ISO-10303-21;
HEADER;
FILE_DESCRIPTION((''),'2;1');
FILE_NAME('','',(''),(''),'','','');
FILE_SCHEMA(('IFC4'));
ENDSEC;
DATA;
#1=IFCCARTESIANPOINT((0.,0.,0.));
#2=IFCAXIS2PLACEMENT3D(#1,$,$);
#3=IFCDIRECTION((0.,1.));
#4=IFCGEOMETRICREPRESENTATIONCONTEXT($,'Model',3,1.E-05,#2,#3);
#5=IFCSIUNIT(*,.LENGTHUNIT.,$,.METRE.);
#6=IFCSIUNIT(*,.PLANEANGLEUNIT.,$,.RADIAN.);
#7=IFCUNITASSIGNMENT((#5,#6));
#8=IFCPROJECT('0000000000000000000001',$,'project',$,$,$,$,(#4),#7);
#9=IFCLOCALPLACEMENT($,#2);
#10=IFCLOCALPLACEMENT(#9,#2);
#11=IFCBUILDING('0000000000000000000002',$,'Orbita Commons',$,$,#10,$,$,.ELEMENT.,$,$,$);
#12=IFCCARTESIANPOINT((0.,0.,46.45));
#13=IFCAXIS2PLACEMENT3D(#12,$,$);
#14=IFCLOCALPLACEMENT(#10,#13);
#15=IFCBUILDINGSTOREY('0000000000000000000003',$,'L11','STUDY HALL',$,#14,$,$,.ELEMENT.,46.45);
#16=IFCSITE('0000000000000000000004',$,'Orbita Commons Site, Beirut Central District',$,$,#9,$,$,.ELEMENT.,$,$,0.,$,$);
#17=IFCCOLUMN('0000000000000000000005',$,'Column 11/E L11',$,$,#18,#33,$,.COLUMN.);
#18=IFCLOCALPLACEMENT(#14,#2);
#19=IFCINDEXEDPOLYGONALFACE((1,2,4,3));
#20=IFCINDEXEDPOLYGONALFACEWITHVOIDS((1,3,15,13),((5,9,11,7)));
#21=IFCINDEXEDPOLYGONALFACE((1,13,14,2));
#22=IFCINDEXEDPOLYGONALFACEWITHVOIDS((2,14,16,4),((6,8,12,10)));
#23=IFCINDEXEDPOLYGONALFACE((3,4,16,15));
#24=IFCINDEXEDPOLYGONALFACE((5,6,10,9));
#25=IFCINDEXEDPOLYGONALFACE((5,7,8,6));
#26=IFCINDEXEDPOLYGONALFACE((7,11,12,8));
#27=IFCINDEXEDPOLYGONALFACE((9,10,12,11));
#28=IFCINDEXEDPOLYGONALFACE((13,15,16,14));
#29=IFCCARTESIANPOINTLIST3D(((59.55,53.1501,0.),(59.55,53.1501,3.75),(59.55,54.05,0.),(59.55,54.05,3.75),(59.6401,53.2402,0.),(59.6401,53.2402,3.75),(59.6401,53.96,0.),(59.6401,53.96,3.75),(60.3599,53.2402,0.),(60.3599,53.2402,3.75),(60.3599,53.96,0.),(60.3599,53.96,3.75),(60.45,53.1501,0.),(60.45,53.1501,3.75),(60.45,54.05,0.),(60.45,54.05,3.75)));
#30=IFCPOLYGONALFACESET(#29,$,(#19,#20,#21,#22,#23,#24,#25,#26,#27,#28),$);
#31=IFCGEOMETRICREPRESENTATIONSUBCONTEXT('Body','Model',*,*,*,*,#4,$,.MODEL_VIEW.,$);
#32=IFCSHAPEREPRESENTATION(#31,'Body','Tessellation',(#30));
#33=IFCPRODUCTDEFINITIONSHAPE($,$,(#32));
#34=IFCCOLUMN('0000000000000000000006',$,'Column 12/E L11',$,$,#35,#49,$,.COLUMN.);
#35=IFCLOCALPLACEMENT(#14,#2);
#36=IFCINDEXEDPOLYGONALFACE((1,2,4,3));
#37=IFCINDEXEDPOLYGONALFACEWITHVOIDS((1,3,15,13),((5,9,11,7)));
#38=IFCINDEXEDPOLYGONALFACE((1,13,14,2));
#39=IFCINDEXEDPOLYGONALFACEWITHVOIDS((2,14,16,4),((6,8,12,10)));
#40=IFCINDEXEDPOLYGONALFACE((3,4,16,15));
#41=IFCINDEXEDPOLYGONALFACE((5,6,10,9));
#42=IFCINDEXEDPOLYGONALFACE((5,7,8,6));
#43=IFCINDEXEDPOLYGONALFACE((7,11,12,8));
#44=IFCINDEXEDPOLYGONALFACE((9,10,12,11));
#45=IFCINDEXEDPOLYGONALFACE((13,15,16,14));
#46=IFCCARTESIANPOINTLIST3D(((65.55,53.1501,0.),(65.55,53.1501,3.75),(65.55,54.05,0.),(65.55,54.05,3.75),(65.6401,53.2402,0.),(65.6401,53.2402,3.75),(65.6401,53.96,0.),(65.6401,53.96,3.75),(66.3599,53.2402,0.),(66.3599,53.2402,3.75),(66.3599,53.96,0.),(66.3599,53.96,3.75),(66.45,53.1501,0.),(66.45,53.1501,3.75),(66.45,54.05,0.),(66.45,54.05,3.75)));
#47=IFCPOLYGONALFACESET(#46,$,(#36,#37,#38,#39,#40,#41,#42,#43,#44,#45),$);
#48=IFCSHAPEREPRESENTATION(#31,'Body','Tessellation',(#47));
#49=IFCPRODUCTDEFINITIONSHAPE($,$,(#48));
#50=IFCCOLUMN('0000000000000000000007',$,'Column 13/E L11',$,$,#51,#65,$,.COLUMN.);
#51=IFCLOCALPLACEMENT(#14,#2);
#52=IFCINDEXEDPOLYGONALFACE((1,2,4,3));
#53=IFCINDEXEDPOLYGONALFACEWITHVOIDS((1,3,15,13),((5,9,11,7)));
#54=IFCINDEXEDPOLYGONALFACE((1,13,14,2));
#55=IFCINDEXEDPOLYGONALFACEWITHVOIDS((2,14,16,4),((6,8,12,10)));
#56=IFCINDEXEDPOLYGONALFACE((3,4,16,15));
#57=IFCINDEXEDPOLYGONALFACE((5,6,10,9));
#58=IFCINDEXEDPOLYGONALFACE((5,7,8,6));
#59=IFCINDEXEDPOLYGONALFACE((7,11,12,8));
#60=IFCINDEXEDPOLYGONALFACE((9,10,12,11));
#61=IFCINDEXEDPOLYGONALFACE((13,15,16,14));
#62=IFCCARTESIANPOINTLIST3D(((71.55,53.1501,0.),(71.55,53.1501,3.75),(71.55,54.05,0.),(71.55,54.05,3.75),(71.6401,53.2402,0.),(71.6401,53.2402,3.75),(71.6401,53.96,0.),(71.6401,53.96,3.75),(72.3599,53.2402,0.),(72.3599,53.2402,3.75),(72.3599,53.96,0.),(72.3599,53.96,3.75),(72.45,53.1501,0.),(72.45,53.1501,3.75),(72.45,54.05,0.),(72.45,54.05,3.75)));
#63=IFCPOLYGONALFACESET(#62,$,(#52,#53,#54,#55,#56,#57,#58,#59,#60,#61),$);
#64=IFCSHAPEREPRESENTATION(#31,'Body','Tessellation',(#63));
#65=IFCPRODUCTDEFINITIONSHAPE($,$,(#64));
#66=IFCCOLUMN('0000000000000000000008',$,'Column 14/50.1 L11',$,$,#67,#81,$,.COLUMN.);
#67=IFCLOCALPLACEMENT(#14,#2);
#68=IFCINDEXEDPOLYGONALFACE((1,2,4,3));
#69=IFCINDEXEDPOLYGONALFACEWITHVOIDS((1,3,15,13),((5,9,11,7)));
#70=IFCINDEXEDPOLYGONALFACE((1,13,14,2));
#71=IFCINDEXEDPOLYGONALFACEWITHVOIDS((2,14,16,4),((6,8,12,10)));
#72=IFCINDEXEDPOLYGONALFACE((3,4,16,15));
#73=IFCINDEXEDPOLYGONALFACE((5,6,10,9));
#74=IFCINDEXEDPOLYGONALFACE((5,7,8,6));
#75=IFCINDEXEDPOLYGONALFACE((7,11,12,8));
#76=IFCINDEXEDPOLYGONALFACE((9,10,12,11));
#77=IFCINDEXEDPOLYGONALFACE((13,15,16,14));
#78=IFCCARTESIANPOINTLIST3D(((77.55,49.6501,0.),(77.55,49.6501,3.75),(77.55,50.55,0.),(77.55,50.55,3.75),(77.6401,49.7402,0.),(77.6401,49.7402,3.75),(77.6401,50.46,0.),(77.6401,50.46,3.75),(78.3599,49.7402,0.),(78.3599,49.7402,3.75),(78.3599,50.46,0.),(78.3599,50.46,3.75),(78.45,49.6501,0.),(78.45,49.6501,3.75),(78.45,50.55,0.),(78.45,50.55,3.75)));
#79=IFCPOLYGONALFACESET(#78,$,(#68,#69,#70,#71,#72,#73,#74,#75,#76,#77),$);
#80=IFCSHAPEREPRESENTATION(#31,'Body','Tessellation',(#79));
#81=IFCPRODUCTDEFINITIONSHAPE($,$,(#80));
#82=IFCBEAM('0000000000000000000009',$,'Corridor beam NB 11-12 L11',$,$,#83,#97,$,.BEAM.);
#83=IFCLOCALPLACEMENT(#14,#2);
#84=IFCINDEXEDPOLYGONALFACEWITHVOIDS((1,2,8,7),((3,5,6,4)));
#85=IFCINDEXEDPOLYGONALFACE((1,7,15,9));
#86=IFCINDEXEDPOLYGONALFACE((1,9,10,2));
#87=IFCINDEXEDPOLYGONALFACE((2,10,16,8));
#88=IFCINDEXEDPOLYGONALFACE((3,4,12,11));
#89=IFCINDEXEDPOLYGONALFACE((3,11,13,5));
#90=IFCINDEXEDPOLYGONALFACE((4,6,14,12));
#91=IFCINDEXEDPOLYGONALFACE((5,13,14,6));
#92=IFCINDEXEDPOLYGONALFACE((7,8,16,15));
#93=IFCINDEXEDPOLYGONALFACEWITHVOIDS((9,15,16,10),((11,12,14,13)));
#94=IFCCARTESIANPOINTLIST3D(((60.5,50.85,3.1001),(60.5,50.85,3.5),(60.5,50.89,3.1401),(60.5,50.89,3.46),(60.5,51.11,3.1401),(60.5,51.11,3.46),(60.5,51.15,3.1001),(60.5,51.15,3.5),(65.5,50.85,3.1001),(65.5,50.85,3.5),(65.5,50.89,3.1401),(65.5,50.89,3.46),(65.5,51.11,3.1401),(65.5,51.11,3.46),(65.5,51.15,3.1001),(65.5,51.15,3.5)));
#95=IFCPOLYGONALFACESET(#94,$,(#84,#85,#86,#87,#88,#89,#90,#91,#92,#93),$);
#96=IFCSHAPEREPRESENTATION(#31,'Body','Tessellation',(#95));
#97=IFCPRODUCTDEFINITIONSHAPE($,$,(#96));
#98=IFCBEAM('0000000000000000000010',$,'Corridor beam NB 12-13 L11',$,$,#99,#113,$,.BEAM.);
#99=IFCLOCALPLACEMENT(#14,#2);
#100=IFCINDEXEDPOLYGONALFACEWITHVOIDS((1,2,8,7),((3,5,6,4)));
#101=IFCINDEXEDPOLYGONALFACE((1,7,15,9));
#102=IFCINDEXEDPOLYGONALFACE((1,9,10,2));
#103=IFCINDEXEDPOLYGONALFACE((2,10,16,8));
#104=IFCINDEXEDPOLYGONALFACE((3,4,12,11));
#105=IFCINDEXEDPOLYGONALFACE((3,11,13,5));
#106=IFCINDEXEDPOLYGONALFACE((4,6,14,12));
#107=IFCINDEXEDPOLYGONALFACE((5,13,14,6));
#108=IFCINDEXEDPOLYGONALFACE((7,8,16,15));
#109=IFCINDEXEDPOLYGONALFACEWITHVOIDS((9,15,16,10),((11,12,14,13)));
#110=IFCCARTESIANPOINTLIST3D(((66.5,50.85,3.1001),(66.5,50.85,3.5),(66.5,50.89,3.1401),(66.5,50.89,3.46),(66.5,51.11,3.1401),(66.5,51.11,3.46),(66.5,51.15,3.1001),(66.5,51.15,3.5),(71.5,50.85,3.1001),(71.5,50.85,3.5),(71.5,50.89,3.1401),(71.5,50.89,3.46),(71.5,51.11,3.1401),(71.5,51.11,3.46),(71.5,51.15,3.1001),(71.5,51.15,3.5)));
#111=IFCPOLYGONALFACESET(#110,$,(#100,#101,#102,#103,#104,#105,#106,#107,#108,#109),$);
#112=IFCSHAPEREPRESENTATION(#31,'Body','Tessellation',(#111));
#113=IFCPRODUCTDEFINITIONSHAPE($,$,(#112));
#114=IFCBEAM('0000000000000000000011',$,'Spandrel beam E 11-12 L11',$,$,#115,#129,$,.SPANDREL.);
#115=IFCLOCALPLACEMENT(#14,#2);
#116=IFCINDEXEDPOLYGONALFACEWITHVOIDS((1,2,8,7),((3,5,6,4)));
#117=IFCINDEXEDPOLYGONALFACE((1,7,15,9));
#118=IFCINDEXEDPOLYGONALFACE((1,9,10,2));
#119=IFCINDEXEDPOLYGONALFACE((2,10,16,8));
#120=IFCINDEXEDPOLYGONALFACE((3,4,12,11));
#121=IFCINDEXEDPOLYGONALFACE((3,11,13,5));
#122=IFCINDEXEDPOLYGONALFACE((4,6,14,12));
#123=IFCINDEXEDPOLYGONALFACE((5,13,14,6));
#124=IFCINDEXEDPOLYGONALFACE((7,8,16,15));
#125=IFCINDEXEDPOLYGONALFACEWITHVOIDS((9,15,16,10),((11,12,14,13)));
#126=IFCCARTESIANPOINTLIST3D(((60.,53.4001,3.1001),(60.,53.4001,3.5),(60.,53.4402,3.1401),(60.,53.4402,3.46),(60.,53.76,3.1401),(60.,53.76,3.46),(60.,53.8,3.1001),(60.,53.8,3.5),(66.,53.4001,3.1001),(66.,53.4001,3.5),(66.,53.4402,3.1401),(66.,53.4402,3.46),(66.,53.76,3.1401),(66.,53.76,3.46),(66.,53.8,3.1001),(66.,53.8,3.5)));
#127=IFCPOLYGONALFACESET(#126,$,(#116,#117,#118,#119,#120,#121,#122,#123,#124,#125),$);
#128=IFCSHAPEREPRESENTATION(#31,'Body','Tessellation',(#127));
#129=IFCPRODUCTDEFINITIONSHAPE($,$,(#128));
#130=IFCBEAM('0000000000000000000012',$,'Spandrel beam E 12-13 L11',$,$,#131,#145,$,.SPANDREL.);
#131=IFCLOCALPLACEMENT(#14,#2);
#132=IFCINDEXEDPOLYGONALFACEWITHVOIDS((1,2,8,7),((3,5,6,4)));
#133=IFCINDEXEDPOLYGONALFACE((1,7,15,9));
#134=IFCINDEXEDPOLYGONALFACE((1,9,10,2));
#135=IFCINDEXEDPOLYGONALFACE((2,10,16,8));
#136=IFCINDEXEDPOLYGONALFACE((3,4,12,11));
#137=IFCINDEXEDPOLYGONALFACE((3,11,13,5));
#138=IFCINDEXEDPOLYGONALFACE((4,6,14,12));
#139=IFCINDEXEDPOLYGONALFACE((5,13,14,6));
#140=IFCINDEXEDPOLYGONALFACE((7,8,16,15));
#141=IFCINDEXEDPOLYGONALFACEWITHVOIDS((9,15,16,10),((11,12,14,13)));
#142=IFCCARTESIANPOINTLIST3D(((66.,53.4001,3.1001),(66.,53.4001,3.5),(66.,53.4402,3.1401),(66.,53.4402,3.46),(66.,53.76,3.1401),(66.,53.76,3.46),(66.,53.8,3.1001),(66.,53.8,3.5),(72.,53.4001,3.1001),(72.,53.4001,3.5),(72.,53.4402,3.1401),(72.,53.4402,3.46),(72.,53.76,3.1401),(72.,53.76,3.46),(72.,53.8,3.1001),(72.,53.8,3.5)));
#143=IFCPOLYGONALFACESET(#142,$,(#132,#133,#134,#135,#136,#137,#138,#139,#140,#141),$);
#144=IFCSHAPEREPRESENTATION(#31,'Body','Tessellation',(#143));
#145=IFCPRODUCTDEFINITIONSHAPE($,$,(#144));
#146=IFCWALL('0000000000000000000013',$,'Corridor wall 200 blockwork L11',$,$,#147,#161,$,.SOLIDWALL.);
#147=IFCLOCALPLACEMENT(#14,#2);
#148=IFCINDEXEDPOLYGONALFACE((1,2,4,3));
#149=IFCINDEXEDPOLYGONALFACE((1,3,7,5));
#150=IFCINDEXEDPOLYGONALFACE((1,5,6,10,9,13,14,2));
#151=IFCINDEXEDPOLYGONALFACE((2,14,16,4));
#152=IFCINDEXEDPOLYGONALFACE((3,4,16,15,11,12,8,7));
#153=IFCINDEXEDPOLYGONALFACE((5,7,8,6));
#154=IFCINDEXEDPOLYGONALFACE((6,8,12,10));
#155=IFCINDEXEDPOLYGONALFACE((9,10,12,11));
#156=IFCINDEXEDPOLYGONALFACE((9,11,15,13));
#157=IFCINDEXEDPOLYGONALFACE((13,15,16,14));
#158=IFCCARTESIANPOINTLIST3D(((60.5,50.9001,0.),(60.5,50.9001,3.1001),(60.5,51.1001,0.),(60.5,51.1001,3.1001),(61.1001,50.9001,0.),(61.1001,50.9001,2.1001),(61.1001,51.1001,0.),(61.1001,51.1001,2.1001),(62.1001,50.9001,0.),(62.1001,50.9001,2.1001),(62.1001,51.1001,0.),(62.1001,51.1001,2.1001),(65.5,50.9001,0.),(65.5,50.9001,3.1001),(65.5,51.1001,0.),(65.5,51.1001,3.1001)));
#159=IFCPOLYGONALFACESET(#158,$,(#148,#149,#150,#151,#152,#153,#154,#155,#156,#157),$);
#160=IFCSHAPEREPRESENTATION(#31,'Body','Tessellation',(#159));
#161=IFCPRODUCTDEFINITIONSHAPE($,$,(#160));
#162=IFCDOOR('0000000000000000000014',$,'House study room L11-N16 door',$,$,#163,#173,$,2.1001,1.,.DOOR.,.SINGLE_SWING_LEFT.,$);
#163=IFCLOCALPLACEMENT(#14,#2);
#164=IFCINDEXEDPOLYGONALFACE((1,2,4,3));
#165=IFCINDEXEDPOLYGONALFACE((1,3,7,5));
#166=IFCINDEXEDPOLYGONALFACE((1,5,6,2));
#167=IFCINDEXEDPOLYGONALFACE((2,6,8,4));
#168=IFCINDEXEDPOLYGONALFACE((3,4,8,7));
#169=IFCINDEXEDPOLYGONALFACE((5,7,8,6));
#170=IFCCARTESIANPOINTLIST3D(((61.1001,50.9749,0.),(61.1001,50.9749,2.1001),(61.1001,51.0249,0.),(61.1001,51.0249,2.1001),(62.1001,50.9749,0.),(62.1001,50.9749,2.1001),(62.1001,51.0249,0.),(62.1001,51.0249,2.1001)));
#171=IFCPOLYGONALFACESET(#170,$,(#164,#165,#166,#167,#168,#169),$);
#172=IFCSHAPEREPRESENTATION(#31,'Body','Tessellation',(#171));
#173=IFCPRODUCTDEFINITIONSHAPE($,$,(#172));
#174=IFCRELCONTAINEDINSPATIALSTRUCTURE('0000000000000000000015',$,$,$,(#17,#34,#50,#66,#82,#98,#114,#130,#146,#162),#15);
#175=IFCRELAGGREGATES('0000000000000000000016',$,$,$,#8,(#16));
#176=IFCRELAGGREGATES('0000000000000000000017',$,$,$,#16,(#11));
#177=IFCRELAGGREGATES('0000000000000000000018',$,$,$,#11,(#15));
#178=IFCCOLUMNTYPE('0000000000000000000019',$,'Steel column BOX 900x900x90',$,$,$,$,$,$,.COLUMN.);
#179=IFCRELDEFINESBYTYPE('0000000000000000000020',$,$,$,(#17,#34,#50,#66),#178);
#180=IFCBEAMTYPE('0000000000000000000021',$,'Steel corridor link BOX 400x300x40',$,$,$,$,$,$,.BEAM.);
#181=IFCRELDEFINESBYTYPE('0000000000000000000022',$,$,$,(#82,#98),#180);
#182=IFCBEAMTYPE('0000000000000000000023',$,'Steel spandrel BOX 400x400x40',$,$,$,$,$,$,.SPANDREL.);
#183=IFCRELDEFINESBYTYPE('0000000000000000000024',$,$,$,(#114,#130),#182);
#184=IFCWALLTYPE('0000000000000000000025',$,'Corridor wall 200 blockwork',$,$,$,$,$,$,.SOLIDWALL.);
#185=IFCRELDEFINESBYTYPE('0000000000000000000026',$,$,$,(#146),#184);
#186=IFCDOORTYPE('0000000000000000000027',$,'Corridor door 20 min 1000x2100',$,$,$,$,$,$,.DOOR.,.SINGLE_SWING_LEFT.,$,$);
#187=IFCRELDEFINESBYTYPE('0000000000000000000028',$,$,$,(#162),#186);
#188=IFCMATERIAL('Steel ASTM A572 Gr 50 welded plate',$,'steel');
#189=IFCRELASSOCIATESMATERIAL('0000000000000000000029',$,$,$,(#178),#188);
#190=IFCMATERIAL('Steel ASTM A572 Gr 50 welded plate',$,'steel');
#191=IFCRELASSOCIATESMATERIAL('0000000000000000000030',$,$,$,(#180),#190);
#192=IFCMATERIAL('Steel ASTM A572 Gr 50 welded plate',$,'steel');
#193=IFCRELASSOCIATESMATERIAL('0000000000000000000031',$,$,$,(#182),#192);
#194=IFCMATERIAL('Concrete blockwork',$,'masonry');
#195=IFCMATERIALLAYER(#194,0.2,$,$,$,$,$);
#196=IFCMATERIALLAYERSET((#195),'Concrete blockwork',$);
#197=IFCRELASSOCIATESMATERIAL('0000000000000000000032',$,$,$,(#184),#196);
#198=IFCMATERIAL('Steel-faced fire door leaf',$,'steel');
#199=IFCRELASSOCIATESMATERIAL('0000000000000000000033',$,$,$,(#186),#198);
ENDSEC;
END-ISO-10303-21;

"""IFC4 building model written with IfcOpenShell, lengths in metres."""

from ifc_helpers import new_model, si_unit, direction, frame, frame_2d, origin, origin_2d, place, context, subcontext, project, spatial, polyline, rectangle, hollow_rectangle, outline, extrude, material, layer, layer_set, material_profile, profile_set, type_object, element, fill, save


model = new_model("IFC4")

# Units and contexts
model_context = context("Model", 3, precision=1e-05, world=origin(), true_north=direction((0.0, 1.0)))
body_context = subcontext(model_context, "Body", "Model", "MODEL_VIEW")
ifc_project = project(units=[si_unit("LENGTHUNIT", "METRE"), si_unit("PLANEANGLEUNIT", "RADIAN")], contexts=[model_context])

# Site, building, storey
site_placement = place(None, origin())
site = spatial("IfcSite", under=ifc_project, at=site_placement, Name="Orbita Commons Site, Beirut Central District", CompositionType="ELEMENT", RefElevation=0.0)
building_placement = place(site_placement, origin())
building = spatial("IfcBuilding", under=site, at=building_placement, Name="Orbita Commons", CompositionType="ELEMENT")
storey_placement = place(building_placement, frame((0.0, 0.0, 46.45)))
storey = spatial("IfcBuildingStorey", under=building, at=storey_placement, Name="L11", Description="STUDY HALL", CompositionType="ELEMENT", Elevation=46.45)

# Columns
ifc_material_1 = material(Name="Steel ASTM A572 Gr 50 welded plate", Category="steel")
ifc_material_profile_1 = material_profile(ifc_material_1, hollow_rectangle(XDim=0.8999, YDim=0.8999, WallThickness=0.0901, at=origin_2d()), Name="BOX 900x900x90")
ifc_profile_set_1 = profile_set([ifc_material_profile_1], Name="Steel ASTM A572 Gr 50 welded plate")
column_type = type_object("IfcColumnType", Name="Steel column BOX 900x900x90", PredefinedType="COLUMN", material=ifc_profile_set_1)
for number, where, z_axis, x_axis, name in (
    (1, (60.0, 53.6001, 0.0), (0.0, 0.0, 1.0), (1.0, 0.0, 0.0), "Column 11/E L11"),
    (2, (66.0, 53.6001, 0.0), (0.0, 0.0, 1.0), (1.0, 0.0, 0.0), "Column 12/E L11"),
    (3, (72.0, 53.6001, 0.0), (0.0, 0.0, 1.0), (1.0, 0.0, 0.0), "Column 13/E L11"),
    (4, (78.0, 50.1001, 0.0), (0.0, 0.0, 1.0), (1.0, 0.0, 0.0), "Column 14/50.1 L11"),
):
    element("IfcColumn", number, at=place(storey_placement, frame(where, z_axis=z_axis, x_axis=x_axis)), inside=storey, type_object=column_type, Name=name, PredefinedType="COLUMN", context=body_context, shape_type="SweptSolid", body=[
        extrude(hollow_rectangle(XDim=0.8999, YDim=0.8999, WallThickness=0.0901, at=origin_2d()), origin(), (0.0, 0.0, 1.0), 3.75),
    ])

# Beams
ifc_material_2 = material(Name="Steel ASTM A572 Gr 50 welded plate", Category="steel")
ifc_material_profile_2 = material_profile(ifc_material_2, hollow_rectangle(XDim=0.3, YDim=0.3999, WallThickness=0.04, at=origin_2d()), Name="BOX 400x300x40")
ifc_profile_set_2 = profile_set([ifc_material_profile_2], Name="Steel ASTM A572 Gr 50 welded plate")
beam_type_1 = type_object("IfcBeamType", Name="Steel corridor link BOX 400x300x40", PredefinedType="BEAM", material=ifc_profile_set_2)
for number, where, z_axis, x_axis, name in (
    (5, (60.5, 51.0, 3.3), (1.0, 0.0, 0.0), (0.0, 1.0, 0.0), "Corridor beam NB 11-12 L11"),
    (6, (66.5, 51.0, 3.3), (1.0, 0.0, 0.0), (0.0, 1.0, 0.0), "Corridor beam NB 12-13 L11"),
):
    element("IfcBeam", number, at=place(storey_placement, frame(where, z_axis=z_axis, x_axis=x_axis)), inside=storey, type_object=beam_type_1, Name=name, PredefinedType="BEAM", context=body_context, shape_type="SweptSolid", body=[
        extrude(hollow_rectangle(XDim=0.3, YDim=0.3999, WallThickness=0.04, at=origin_2d()), origin(), (0.0, 0.0, 1.0), 5.0),
    ])
ifc_material_3 = material(Name="Steel ASTM A572 Gr 50 welded plate", Category="steel")
ifc_material_profile_3 = material_profile(ifc_material_3, hollow_rectangle(XDim=0.3999, YDim=0.3999, WallThickness=0.04, at=origin_2d()), Name="BOX 400x400x40")
ifc_profile_set_3 = profile_set([ifc_material_profile_3], Name="Steel ASTM A572 Gr 50 welded plate")
beam_type_2 = type_object("IfcBeamType", Name="Steel spandrel BOX 400x400x40", PredefinedType="SPANDREL", material=ifc_profile_set_3)
for number, where, z_axis, x_axis, name in (
    (7, (60.0, 53.6001, 3.3), (1.0, 0.0, 0.0), (0.0, 1.0, 0.0), "Spandrel beam E 11-12 L11"),
    (8, (66.0, 53.6001, 3.3), (1.0, 0.0, 0.0), (0.0, 1.0, 0.0), "Spandrel beam E 12-13 L11"),
):
    element("IfcBeam", number, at=place(storey_placement, frame(where, z_axis=z_axis, x_axis=x_axis)), inside=storey, type_object=beam_type_2, Name=name, PredefinedType="SPANDREL", context=body_context, shape_type="SweptSolid", body=[
        extrude(hollow_rectangle(XDim=0.3999, YDim=0.3999, WallThickness=0.04, at=origin_2d()), origin(), (0.0, 0.0, 1.0), 6.0),
    ])

# Wall, opening, door
ifc_material_4 = material(Name="Concrete blockwork", Category="masonry")
ifc_layer_1 = layer(ifc_material_4, 0.2)
ifc_layer_set_1 = layer_set([ifc_layer_1], Name="Concrete blockwork")
wall_type_1 = type_object("IfcWallType", Name="Corridor wall 200 blockwork", PredefinedType="SOLIDWALL", material=ifc_layer_set_1)
wall_1_placement = place(storey_placement, frame((60.5, 51.0, 0.0), z_axis=(0.0, 0.0, 1.0), x_axis=(1.0, 0.0, 0.0)))
wall_1 = element("IfcWall", 9, at=wall_1_placement, inside=storey, type_object=wall_type_1, Name="Corridor wall 200 blockwork L11", PredefinedType="SOLIDWALL", context=body_context, shape_type="SweptSolid", body=[
    extrude(outline(polyline([(0.0, 0.0), (5.0, 0.0), (5.0, 3.1001), (0.0, 3.1001), (0.0, 0.0)])), frame((0.0, 0.1001, 0.0), z_axis=(0.0, -1.0, 0.0), x_axis=(1.0, 0.0, 0.0)), (0.0, 0.0, 1.0), 0.2),
])
opening_1_placement = place(wall_1_placement, frame((0.6001, 0.0, 0.0)))
opening_1 = element("IfcOpeningElement", 10, at=opening_1_placement, cuts=wall_1, PredefinedType="OPENING", context=body_context, shape_type="SweptSolid", body=[
    extrude(rectangle(XDim=1.0, YDim=2.1001, at=frame_2d((0.5, 1.05))), frame((0.0, 0.1099, 0.0), z_axis=(0.0, -1.0, 0.0), x_axis=(1.0, 0.0, 0.0)), (0.0, 0.0, 1.0), 0.22),
])
ifc_material_5 = material(Name="Steel-faced fire door leaf", Category="steel")
door_type_1 = type_object("IfcDoorType", Name="Corridor door 20 min 1000x2100", OperationType="SINGLE_SWING_LEFT", PredefinedType="DOOR", material=ifc_material_5)
door_1_placement = place(opening_1_placement, origin())
door_1 = element("IfcDoor", 11, at=door_1_placement, inside=storey, type_object=door_type_1, Name="House study room L11-N16 door", OperationType="SINGLE_SWING_LEFT", OverallHeight=2.1001, OverallWidth=1.0, PredefinedType="DOOR", context=body_context, shape_type="SweptSolid", body=[
    extrude(rectangle(XDim=1.0, YDim=2.1001, at=frame_2d((0.5, 1.05))), frame((0.0, 0.0249, 0.0), z_axis=(0.0, -1.0, 0.0), x_axis=(1.0, 0.0, 0.0)), (0.0, 0.0, 1.0), 0.05),
])
fill(opening_1, door_1)

save(model, "model.ifc")
